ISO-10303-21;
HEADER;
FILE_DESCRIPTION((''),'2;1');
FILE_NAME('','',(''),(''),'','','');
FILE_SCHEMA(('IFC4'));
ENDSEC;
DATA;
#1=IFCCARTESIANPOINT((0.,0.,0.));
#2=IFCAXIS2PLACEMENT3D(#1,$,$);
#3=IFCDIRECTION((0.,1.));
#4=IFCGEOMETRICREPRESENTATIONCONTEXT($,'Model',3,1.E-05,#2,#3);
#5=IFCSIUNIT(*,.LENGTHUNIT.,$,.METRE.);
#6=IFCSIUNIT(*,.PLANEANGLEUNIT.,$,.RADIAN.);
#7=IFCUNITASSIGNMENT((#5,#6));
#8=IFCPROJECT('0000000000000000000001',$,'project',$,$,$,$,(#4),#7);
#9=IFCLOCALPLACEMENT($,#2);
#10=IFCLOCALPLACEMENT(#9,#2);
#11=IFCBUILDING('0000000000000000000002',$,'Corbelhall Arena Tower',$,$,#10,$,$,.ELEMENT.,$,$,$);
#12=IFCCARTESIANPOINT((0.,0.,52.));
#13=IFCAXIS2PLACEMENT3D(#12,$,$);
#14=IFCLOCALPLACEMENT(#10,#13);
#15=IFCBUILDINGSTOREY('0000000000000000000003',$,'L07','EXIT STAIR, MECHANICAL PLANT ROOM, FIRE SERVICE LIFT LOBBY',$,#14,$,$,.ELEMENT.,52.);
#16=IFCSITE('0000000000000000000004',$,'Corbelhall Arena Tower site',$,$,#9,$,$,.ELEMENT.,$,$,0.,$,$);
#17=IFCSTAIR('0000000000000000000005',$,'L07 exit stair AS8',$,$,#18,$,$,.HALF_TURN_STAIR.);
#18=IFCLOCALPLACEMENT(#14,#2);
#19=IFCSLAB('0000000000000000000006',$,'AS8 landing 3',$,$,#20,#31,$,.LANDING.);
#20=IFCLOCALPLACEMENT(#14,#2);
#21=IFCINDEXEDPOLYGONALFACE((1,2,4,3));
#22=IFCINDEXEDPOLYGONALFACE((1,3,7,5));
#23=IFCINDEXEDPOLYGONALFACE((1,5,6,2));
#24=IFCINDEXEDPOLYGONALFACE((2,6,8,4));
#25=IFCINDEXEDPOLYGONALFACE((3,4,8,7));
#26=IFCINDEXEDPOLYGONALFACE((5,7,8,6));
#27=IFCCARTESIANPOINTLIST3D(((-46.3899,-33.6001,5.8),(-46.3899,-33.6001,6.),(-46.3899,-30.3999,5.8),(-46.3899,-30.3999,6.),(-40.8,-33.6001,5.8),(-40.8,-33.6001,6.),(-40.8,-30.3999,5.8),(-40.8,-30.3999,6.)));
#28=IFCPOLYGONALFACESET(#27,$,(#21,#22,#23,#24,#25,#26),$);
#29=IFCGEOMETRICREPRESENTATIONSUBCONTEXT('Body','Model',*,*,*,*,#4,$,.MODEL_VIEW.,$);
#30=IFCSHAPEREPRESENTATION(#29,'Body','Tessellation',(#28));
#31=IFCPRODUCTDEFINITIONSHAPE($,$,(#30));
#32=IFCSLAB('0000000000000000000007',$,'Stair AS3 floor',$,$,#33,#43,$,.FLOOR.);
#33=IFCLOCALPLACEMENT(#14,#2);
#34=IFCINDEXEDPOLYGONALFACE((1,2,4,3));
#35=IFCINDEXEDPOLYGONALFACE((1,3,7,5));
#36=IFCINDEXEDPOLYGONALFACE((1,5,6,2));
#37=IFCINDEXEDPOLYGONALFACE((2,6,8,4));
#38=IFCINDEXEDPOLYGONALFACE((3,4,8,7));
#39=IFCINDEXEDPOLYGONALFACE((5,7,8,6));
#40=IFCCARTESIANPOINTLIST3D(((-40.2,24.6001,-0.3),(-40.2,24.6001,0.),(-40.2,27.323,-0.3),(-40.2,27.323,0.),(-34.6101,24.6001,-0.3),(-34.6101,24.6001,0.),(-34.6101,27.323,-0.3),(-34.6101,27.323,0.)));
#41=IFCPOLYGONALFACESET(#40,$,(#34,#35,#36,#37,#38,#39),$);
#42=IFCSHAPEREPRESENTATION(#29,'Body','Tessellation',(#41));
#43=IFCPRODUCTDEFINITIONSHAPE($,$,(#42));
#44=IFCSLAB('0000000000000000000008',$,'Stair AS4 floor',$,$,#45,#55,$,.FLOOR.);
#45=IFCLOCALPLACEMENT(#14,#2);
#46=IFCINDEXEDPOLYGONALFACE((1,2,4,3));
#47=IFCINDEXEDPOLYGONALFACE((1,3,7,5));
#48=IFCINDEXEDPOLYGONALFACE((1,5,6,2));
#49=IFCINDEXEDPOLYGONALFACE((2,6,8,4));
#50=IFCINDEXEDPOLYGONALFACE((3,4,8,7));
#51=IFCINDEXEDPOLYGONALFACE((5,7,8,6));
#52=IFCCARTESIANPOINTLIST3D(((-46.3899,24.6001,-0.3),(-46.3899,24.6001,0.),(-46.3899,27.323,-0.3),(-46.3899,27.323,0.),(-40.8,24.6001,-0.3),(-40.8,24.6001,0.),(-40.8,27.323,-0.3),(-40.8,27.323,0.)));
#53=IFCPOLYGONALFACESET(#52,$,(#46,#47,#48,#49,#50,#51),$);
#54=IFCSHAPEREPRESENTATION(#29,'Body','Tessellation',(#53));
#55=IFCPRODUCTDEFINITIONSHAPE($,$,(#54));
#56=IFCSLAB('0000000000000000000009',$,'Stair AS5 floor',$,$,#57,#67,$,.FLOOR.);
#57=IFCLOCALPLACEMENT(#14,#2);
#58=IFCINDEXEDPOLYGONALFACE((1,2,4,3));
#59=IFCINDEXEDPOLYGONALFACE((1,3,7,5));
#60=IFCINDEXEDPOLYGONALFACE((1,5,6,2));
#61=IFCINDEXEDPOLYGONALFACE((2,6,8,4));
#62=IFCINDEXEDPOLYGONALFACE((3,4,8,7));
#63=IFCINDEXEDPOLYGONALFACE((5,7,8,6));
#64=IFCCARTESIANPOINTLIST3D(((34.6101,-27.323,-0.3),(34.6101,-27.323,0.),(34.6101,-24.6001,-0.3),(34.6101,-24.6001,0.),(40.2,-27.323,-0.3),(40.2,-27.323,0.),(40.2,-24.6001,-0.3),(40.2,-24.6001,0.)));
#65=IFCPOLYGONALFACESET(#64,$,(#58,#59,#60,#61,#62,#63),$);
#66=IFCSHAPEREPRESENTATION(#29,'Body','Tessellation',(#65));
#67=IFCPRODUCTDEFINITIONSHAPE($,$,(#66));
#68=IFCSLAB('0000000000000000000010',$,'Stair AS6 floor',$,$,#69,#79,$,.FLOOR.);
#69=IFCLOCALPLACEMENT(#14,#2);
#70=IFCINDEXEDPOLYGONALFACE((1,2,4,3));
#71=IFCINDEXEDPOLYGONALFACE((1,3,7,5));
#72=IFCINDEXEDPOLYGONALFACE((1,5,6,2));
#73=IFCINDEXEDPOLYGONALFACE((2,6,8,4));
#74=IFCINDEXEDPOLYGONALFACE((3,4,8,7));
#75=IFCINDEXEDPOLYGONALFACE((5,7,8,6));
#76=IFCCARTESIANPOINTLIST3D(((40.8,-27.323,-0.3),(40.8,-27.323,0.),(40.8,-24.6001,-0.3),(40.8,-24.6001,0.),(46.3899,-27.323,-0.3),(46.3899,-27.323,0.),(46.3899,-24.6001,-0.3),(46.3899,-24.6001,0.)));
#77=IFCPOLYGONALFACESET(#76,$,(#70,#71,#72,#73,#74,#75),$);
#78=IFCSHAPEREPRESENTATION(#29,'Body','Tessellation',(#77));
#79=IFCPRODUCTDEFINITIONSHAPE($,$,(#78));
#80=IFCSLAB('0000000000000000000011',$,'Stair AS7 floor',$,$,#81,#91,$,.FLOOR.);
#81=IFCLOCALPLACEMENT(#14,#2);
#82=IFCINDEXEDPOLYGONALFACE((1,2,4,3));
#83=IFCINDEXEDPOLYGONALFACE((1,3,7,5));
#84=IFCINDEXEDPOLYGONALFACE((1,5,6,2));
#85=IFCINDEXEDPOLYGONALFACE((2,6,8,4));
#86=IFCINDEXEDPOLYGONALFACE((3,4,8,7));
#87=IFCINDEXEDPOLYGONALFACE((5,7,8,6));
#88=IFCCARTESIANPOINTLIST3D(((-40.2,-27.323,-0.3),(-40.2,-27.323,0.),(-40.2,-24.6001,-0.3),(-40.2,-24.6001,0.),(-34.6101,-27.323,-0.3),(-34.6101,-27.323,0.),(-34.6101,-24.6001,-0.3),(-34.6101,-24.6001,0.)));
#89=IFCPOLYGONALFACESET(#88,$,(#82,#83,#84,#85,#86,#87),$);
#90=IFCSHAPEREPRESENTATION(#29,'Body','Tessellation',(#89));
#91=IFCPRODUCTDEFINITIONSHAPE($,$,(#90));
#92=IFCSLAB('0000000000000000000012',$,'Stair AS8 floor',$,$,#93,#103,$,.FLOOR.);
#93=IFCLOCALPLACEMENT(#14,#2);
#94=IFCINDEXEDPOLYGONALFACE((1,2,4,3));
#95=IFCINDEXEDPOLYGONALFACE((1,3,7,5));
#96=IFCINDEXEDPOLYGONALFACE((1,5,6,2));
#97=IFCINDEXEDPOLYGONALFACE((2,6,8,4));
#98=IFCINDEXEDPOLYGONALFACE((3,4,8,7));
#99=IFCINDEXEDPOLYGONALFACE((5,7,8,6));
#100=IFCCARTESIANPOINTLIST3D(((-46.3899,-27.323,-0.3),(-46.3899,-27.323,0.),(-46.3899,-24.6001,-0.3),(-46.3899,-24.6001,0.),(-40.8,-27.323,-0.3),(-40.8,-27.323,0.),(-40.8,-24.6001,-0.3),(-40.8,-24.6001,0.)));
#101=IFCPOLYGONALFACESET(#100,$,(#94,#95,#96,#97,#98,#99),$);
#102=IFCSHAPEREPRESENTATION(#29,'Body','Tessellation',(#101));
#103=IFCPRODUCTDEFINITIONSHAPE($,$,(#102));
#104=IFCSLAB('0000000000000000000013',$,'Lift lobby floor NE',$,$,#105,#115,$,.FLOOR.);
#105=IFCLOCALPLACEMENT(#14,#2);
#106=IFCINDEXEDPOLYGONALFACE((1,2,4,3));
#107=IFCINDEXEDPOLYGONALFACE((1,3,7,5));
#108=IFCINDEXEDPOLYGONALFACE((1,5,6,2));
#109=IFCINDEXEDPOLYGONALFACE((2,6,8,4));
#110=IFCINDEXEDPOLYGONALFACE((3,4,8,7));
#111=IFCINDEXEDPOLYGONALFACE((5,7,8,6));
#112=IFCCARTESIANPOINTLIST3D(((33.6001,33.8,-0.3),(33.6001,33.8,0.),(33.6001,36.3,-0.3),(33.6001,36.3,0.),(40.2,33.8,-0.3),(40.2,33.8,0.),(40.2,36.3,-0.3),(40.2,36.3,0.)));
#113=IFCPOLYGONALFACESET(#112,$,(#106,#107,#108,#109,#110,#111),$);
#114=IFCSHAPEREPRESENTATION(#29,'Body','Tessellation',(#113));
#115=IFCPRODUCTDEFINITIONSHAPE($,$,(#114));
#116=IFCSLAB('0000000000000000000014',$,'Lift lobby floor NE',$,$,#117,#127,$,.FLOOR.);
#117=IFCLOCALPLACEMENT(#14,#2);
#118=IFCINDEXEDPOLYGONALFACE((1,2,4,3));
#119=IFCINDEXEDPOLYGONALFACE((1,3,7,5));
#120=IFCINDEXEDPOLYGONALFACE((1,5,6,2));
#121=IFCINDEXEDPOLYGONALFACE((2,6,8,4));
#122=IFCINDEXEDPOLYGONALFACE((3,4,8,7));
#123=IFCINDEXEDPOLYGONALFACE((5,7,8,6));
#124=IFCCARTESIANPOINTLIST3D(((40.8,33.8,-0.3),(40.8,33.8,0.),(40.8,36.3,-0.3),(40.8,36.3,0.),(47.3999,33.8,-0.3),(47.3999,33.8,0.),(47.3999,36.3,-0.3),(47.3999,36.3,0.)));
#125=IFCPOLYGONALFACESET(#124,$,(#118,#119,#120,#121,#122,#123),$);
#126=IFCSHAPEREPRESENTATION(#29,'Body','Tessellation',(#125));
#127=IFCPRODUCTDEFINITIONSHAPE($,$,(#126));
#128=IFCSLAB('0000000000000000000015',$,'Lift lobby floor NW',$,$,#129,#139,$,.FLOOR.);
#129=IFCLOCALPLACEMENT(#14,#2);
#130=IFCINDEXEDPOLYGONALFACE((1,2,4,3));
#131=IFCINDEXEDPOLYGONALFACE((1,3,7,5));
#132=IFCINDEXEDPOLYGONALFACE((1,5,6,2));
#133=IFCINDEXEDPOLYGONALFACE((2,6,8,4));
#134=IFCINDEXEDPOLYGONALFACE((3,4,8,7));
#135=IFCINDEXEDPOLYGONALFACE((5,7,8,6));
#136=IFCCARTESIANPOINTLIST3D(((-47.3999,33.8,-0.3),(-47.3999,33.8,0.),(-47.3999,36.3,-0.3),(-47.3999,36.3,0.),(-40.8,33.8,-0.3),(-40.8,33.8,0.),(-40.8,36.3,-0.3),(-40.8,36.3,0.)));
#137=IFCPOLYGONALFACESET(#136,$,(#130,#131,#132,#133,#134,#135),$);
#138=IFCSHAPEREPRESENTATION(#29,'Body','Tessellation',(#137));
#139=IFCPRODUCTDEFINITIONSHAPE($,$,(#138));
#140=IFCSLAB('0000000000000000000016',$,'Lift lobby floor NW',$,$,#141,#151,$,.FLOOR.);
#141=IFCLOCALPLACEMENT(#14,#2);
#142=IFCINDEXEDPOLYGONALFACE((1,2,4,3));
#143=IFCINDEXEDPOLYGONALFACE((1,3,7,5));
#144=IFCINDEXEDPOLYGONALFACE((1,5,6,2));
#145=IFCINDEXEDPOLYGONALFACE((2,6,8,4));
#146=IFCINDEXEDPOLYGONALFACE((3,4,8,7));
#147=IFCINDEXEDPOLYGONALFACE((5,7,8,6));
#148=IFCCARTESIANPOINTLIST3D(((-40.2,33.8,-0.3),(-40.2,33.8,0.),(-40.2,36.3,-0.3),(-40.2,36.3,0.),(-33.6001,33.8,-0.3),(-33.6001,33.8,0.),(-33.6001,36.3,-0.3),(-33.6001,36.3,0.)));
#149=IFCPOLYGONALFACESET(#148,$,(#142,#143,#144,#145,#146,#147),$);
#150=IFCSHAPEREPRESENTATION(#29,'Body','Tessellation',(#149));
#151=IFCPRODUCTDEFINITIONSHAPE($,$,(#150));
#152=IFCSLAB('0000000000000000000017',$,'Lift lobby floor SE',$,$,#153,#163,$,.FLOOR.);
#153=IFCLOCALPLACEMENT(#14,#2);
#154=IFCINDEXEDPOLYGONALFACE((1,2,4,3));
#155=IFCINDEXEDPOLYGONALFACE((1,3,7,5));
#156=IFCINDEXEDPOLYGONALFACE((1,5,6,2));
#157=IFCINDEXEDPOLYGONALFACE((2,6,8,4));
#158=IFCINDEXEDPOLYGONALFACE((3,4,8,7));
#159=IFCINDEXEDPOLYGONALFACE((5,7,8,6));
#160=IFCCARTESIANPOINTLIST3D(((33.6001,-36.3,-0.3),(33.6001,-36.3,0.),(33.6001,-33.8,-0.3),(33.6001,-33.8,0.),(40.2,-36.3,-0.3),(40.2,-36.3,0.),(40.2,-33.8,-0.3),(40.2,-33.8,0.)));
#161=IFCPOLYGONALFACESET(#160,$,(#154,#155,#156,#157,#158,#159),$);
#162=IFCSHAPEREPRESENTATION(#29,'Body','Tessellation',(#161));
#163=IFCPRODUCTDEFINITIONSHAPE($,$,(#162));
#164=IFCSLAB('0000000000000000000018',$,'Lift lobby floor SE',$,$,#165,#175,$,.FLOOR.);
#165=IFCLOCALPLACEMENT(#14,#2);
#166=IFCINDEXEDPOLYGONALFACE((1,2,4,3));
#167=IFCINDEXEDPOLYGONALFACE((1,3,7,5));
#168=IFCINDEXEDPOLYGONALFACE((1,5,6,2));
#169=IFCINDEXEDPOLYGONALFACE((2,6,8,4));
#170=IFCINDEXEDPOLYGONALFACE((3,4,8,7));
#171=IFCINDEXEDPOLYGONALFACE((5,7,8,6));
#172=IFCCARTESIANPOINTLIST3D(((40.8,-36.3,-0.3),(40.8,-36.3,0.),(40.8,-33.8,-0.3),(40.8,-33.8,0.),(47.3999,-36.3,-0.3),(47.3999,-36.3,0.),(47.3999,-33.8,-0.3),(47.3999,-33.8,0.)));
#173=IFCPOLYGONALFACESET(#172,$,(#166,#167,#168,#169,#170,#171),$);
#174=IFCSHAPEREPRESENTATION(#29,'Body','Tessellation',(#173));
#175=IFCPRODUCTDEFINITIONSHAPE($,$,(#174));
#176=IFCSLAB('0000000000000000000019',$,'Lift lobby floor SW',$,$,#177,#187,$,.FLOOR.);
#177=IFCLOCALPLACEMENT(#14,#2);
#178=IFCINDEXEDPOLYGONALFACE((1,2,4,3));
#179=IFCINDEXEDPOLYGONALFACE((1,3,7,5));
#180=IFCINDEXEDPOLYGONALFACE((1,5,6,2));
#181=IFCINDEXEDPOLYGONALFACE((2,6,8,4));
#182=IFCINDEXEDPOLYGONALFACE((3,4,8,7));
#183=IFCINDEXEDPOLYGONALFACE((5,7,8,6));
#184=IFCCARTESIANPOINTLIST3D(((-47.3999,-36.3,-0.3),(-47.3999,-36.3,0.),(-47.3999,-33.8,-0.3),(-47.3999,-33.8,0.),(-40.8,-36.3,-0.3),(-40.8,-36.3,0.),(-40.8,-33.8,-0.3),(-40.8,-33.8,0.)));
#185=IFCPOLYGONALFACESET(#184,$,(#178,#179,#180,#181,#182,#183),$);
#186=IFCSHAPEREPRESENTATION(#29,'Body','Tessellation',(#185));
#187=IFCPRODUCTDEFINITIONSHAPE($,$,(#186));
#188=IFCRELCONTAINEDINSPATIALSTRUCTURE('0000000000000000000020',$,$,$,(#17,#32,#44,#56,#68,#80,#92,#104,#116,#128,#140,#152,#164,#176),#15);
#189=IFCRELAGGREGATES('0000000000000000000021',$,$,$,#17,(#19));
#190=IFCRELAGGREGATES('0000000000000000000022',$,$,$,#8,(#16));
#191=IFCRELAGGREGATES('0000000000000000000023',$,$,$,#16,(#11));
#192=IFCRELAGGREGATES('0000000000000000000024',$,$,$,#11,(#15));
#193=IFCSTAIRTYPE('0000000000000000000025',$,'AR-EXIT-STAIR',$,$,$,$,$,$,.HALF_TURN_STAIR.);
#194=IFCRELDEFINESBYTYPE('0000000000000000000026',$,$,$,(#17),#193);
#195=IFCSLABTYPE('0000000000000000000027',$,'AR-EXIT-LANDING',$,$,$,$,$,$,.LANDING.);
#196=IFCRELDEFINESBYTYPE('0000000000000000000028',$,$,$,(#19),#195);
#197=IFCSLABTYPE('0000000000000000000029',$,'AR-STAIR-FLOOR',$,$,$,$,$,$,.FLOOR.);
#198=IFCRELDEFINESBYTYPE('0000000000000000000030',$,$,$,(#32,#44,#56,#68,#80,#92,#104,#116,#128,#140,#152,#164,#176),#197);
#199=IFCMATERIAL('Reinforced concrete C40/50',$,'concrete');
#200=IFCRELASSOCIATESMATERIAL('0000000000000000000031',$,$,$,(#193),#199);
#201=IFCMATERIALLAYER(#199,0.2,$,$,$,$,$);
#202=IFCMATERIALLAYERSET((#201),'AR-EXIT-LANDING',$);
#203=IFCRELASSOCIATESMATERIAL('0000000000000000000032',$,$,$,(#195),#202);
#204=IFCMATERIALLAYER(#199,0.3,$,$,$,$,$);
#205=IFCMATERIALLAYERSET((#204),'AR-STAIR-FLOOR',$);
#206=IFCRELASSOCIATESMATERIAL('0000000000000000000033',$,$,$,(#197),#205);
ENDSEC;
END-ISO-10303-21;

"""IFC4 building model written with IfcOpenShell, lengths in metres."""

from ifc_helpers import new_model, si_unit, direction, frame, origin, place, context, subcontext, project, spatial, polyline, outline, extrude, material, layer, layer_set, type_object, element, aggregate, save


model = new_model("IFC4")

# Units and contexts
model_context = context("Model", 3, precision=1e-05, world=origin(), true_north=direction((0.0, 1.0)))
body_context = subcontext(model_context, "Body", "Model", "MODEL_VIEW")
ifc_project = project(units=[si_unit("LENGTHUNIT", "METRE"), si_unit("PLANEANGLEUNIT", "RADIAN")], contexts=[model_context])

# Site, building, storey
site_placement = place(None, origin())
site = spatial("IfcSite", under=ifc_project, at=site_placement, Name="Corbelhall Arena Tower site", CompositionType="ELEMENT", RefElevation=0.0)
building_placement = place(site_placement, origin())
building = spatial("IfcBuilding", under=site, at=building_placement, Name="Corbelhall Arena Tower", CompositionType="ELEMENT")
storey_placement = place(building_placement, frame((0.0, 0.0, 52.0)))
storey = spatial("IfcBuildingStorey", under=building, at=storey_placement, Name="L07", Description="EXIT STAIR, MECHANICAL PLANT ROOM, FIRE SERVICE LIFT LOBBY", CompositionType="ELEMENT", Elevation=52.0)

# Shared definitions
ifc_material = material(Name="Reinforced concrete C40/50", Category="concrete")
stair_type = type_object("IfcStairType", Name="AR-EXIT-STAIR", PredefinedType="HALF_TURN_STAIR", material=ifc_material)
ifc_layer_1 = layer(ifc_material, 0.2)
ifc_layer_set_1 = layer_set([ifc_layer_1], Name="AR-EXIT-LANDING")
slab_type_1 = type_object("IfcSlabType", Name="AR-EXIT-LANDING", PredefinedType="LANDING", material=ifc_layer_set_1)

# Stair, slab
stair_1_placement = place(storey_placement, origin())
stair_1 = element("IfcStair", 1, at=stair_1_placement, inside=storey, type_object=stair_type, Name="L07 exit stair AS8", PredefinedType="HALF_TURN_STAIR")
slab_1_placement = place(storey_placement, frame((0.0, 0.0, 5.8)))
slab_1 = element("IfcSlab", 2, at=slab_1_placement, type_object=slab_type_1, Name="AS8 landing 3", PredefinedType="LANDING", context=body_context, shape_type="SweptSolid", body=[
    extrude(outline(polyline([(-46.3899, -30.3999), (-46.3899, -33.6001), (-40.8, -33.6001), (-40.8, -30.3999), (-46.3899, -30.3999)])), origin(), (0.0, 0.0, 1.0), 0.2),
])
aggregate(stair_1, [slab_1])

# Slabs
ifc_layer_2 = layer(ifc_material, 0.3)
ifc_layer_set_2 = layer_set([ifc_layer_2], Name="AR-STAIR-FLOOR")
slab_type_2 = type_object("IfcSlabType", Name="AR-STAIR-FLOOR", PredefinedType="FLOOR", material=ifc_layer_set_2)
slab_2_placement = place(storey_placement, frame((0.0, 0.0, -0.3)))
element("IfcSlab", 3, at=slab_2_placement, inside=storey, type_object=slab_type_2, Name="Stair AS3 floor", PredefinedType="FLOOR", context=body_context, shape_type="SweptSolid", body=[
    extrude(outline(polyline([(-34.6101, 24.6001), (-40.2, 24.6001), (-40.2, 27.323), (-34.6101, 27.323), (-34.6101, 24.6001)])), origin(), (0.0, 0.0, 1.0), 0.3),
])
slab_3_placement = place(storey_placement, frame((0.0, 0.0, -0.3)))
element("IfcSlab", 4, at=slab_3_placement, inside=storey, type_object=slab_type_2, Name="Stair AS4 floor", PredefinedType="FLOOR", context=body_context, shape_type="SweptSolid", body=[
    extrude(outline(polyline([(-40.8, 24.6001), (-46.3899, 24.6001), (-46.3899, 27.323), (-40.8, 27.323), (-40.8, 24.6001)])), origin(), (0.0, 0.0, 1.0), 0.3),
])
slab_4_placement = place(storey_placement, frame((0.0, 0.0, -0.3)))
element("IfcSlab", 5, at=slab_4_placement, inside=storey, type_object=slab_type_2, Name="Stair AS5 floor", PredefinedType="FLOOR", context=body_context, shape_type="SweptSolid", body=[
    extrude(outline(polyline([(34.6101, -24.6001), (40.2, -24.6001), (40.2, -27.323), (34.6101, -27.323), (34.6101, -24.6001)])), origin(), (0.0, 0.0, 1.0), 0.3),
])
slab_5_placement = place(storey_placement, frame((0.0, 0.0, -0.3)))
element("IfcSlab", 6, at=slab_5_placement, inside=storey, type_object=slab_type_2, Name="Stair AS6 floor", PredefinedType="FLOOR", context=body_context, shape_type="SweptSolid", body=[
    extrude(outline(polyline([(40.8, -24.6001), (46.3899, -24.6001), (46.3899, -27.323), (40.8, -27.323), (40.8, -24.6001)])), origin(), (0.0, 0.0, 1.0), 0.3),
])
slab_6_placement = place(storey_placement, frame((0.0, 0.0, -0.3)))
element("IfcSlab", 7, at=slab_6_placement, inside=storey, type_object=slab_type_2, Name="Stair AS7 floor", PredefinedType="FLOOR", context=body_context, shape_type="SweptSolid", body=[
    extrude(outline(polyline([(-40.2, -24.6001), (-34.6101, -24.6001), (-34.6101, -27.323), (-40.2, -27.323), (-40.2, -24.6001)])), origin(), (0.0, 0.0, 1.0), 0.3),
])
slab_7_placement = place(storey_placement, frame((0.0, 0.0, -0.3)))
element("IfcSlab", 8, at=slab_7_placement, inside=storey, type_object=slab_type_2, Name="Stair AS8 floor", PredefinedType="FLOOR", context=body_context, shape_type="SweptSolid", body=[
    extrude(outline(polyline([(-46.3899, -24.6001), (-40.8, -24.6001), (-40.8, -27.323), (-46.3899, -27.323), (-46.3899, -24.6001)])), origin(), (0.0, 0.0, 1.0), 0.3),
])
slab_8_placement = place(storey_placement, frame((0.0, 0.0, -0.3)))
element("IfcSlab", 9, at=slab_8_placement, inside=storey, type_object=slab_type_2, Name="Lift lobby floor NE", PredefinedType="FLOOR", context=body_context, shape_type="SweptSolid", body=[
    extrude(outline(polyline([(40.2, 33.8), (40.2, 36.3), (33.6001, 36.3), (33.6001, 33.8), (40.2, 33.8)])), origin(), (0.0, 0.0, 1.0), 0.3),
])
slab_9_placement = place(storey_placement, frame((0.0, 0.0, -0.3)))
element("IfcSlab", 10, at=slab_9_placement, inside=storey, type_object=slab_type_2, Name="Lift lobby floor NE", PredefinedType="FLOOR", context=body_context, shape_type="SweptSolid", body=[
    extrude(outline(polyline([(47.3999, 33.8), (47.3999, 36.3), (40.8, 36.3), (40.8, 33.8), (47.3999, 33.8)])), origin(), (0.0, 0.0, 1.0), 0.3),
])
slab_10_placement = place(storey_placement, frame((0.0, 0.0, -0.3)))
element("IfcSlab", 11, at=slab_10_placement, inside=storey, type_object=slab_type_2, Name="Lift lobby floor NW", PredefinedType="FLOOR", context=body_context, shape_type="SweptSolid", body=[
    extrude(outline(polyline([(-40.8, 33.8), (-40.8, 36.3), (-47.3999, 36.3), (-47.3999, 33.8), (-40.8, 33.8)])), origin(), (0.0, 0.0, 1.0), 0.3),
])
slab_11_placement = place(storey_placement, frame((0.0, 0.0, -0.3)))
element("IfcSlab", 12, at=slab_11_placement, inside=storey, type_object=slab_type_2, Name="Lift lobby floor NW", PredefinedType="FLOOR", context=body_context, shape_type="SweptSolid", body=[
    extrude(outline(polyline([(-33.6001, 33.8), (-33.6001, 36.3), (-40.2, 36.3), (-40.2, 33.8), (-33.6001, 33.8)])), origin(), (0.0, 0.0, 1.0), 0.3),
])
slab_12_placement = place(storey_placement, frame((0.0, 0.0, -0.3)))
element("IfcSlab", 13, at=slab_12_placement, inside=storey, type_object=slab_type_2, Name="Lift lobby floor SE", PredefinedType="FLOOR", context=body_context, shape_type="SweptSolid", body=[
    extrude(outline(polyline([(40.2, -36.3), (40.2, -33.8), (33.6001, -33.8), (33.6001, -36.3), (40.2, -36.3)])), origin(), (0.0, 0.0, 1.0), 0.3),
])
slab_13_placement = place(storey_placement, frame((0.0, 0.0, -0.3)))
element("IfcSlab", 14, at=slab_13_placement, inside=storey, type_object=slab_type_2, Name="Lift lobby floor SE", PredefinedType="FLOOR", context=body_context, shape_type="SweptSolid", body=[
    extrude(outline(polyline([(47.3999, -36.3), (47.3999, -33.8), (40.8, -33.8), (40.8, -36.3), (47.3999, -36.3)])), origin(), (0.0, 0.0, 1.0), 0.3),
])
slab_14_placement = place(storey_placement, frame((0.0, 0.0, -0.3)))
element("IfcSlab", 15, at=slab_14_placement, inside=storey, type_object=slab_type_2, Name="Lift lobby floor SW", PredefinedType="FLOOR", context=body_context, shape_type="SweptSolid", body=[
    extrude(outline(polyline([(-40.8, -36.3), (-40.8, -33.8), (-47.3999, -33.8), (-47.3999, -36.3), (-40.8, -36.3)])), origin(), (0.0, 0.0, 1.0), 0.3),
])

save(model, "model.ifc")
